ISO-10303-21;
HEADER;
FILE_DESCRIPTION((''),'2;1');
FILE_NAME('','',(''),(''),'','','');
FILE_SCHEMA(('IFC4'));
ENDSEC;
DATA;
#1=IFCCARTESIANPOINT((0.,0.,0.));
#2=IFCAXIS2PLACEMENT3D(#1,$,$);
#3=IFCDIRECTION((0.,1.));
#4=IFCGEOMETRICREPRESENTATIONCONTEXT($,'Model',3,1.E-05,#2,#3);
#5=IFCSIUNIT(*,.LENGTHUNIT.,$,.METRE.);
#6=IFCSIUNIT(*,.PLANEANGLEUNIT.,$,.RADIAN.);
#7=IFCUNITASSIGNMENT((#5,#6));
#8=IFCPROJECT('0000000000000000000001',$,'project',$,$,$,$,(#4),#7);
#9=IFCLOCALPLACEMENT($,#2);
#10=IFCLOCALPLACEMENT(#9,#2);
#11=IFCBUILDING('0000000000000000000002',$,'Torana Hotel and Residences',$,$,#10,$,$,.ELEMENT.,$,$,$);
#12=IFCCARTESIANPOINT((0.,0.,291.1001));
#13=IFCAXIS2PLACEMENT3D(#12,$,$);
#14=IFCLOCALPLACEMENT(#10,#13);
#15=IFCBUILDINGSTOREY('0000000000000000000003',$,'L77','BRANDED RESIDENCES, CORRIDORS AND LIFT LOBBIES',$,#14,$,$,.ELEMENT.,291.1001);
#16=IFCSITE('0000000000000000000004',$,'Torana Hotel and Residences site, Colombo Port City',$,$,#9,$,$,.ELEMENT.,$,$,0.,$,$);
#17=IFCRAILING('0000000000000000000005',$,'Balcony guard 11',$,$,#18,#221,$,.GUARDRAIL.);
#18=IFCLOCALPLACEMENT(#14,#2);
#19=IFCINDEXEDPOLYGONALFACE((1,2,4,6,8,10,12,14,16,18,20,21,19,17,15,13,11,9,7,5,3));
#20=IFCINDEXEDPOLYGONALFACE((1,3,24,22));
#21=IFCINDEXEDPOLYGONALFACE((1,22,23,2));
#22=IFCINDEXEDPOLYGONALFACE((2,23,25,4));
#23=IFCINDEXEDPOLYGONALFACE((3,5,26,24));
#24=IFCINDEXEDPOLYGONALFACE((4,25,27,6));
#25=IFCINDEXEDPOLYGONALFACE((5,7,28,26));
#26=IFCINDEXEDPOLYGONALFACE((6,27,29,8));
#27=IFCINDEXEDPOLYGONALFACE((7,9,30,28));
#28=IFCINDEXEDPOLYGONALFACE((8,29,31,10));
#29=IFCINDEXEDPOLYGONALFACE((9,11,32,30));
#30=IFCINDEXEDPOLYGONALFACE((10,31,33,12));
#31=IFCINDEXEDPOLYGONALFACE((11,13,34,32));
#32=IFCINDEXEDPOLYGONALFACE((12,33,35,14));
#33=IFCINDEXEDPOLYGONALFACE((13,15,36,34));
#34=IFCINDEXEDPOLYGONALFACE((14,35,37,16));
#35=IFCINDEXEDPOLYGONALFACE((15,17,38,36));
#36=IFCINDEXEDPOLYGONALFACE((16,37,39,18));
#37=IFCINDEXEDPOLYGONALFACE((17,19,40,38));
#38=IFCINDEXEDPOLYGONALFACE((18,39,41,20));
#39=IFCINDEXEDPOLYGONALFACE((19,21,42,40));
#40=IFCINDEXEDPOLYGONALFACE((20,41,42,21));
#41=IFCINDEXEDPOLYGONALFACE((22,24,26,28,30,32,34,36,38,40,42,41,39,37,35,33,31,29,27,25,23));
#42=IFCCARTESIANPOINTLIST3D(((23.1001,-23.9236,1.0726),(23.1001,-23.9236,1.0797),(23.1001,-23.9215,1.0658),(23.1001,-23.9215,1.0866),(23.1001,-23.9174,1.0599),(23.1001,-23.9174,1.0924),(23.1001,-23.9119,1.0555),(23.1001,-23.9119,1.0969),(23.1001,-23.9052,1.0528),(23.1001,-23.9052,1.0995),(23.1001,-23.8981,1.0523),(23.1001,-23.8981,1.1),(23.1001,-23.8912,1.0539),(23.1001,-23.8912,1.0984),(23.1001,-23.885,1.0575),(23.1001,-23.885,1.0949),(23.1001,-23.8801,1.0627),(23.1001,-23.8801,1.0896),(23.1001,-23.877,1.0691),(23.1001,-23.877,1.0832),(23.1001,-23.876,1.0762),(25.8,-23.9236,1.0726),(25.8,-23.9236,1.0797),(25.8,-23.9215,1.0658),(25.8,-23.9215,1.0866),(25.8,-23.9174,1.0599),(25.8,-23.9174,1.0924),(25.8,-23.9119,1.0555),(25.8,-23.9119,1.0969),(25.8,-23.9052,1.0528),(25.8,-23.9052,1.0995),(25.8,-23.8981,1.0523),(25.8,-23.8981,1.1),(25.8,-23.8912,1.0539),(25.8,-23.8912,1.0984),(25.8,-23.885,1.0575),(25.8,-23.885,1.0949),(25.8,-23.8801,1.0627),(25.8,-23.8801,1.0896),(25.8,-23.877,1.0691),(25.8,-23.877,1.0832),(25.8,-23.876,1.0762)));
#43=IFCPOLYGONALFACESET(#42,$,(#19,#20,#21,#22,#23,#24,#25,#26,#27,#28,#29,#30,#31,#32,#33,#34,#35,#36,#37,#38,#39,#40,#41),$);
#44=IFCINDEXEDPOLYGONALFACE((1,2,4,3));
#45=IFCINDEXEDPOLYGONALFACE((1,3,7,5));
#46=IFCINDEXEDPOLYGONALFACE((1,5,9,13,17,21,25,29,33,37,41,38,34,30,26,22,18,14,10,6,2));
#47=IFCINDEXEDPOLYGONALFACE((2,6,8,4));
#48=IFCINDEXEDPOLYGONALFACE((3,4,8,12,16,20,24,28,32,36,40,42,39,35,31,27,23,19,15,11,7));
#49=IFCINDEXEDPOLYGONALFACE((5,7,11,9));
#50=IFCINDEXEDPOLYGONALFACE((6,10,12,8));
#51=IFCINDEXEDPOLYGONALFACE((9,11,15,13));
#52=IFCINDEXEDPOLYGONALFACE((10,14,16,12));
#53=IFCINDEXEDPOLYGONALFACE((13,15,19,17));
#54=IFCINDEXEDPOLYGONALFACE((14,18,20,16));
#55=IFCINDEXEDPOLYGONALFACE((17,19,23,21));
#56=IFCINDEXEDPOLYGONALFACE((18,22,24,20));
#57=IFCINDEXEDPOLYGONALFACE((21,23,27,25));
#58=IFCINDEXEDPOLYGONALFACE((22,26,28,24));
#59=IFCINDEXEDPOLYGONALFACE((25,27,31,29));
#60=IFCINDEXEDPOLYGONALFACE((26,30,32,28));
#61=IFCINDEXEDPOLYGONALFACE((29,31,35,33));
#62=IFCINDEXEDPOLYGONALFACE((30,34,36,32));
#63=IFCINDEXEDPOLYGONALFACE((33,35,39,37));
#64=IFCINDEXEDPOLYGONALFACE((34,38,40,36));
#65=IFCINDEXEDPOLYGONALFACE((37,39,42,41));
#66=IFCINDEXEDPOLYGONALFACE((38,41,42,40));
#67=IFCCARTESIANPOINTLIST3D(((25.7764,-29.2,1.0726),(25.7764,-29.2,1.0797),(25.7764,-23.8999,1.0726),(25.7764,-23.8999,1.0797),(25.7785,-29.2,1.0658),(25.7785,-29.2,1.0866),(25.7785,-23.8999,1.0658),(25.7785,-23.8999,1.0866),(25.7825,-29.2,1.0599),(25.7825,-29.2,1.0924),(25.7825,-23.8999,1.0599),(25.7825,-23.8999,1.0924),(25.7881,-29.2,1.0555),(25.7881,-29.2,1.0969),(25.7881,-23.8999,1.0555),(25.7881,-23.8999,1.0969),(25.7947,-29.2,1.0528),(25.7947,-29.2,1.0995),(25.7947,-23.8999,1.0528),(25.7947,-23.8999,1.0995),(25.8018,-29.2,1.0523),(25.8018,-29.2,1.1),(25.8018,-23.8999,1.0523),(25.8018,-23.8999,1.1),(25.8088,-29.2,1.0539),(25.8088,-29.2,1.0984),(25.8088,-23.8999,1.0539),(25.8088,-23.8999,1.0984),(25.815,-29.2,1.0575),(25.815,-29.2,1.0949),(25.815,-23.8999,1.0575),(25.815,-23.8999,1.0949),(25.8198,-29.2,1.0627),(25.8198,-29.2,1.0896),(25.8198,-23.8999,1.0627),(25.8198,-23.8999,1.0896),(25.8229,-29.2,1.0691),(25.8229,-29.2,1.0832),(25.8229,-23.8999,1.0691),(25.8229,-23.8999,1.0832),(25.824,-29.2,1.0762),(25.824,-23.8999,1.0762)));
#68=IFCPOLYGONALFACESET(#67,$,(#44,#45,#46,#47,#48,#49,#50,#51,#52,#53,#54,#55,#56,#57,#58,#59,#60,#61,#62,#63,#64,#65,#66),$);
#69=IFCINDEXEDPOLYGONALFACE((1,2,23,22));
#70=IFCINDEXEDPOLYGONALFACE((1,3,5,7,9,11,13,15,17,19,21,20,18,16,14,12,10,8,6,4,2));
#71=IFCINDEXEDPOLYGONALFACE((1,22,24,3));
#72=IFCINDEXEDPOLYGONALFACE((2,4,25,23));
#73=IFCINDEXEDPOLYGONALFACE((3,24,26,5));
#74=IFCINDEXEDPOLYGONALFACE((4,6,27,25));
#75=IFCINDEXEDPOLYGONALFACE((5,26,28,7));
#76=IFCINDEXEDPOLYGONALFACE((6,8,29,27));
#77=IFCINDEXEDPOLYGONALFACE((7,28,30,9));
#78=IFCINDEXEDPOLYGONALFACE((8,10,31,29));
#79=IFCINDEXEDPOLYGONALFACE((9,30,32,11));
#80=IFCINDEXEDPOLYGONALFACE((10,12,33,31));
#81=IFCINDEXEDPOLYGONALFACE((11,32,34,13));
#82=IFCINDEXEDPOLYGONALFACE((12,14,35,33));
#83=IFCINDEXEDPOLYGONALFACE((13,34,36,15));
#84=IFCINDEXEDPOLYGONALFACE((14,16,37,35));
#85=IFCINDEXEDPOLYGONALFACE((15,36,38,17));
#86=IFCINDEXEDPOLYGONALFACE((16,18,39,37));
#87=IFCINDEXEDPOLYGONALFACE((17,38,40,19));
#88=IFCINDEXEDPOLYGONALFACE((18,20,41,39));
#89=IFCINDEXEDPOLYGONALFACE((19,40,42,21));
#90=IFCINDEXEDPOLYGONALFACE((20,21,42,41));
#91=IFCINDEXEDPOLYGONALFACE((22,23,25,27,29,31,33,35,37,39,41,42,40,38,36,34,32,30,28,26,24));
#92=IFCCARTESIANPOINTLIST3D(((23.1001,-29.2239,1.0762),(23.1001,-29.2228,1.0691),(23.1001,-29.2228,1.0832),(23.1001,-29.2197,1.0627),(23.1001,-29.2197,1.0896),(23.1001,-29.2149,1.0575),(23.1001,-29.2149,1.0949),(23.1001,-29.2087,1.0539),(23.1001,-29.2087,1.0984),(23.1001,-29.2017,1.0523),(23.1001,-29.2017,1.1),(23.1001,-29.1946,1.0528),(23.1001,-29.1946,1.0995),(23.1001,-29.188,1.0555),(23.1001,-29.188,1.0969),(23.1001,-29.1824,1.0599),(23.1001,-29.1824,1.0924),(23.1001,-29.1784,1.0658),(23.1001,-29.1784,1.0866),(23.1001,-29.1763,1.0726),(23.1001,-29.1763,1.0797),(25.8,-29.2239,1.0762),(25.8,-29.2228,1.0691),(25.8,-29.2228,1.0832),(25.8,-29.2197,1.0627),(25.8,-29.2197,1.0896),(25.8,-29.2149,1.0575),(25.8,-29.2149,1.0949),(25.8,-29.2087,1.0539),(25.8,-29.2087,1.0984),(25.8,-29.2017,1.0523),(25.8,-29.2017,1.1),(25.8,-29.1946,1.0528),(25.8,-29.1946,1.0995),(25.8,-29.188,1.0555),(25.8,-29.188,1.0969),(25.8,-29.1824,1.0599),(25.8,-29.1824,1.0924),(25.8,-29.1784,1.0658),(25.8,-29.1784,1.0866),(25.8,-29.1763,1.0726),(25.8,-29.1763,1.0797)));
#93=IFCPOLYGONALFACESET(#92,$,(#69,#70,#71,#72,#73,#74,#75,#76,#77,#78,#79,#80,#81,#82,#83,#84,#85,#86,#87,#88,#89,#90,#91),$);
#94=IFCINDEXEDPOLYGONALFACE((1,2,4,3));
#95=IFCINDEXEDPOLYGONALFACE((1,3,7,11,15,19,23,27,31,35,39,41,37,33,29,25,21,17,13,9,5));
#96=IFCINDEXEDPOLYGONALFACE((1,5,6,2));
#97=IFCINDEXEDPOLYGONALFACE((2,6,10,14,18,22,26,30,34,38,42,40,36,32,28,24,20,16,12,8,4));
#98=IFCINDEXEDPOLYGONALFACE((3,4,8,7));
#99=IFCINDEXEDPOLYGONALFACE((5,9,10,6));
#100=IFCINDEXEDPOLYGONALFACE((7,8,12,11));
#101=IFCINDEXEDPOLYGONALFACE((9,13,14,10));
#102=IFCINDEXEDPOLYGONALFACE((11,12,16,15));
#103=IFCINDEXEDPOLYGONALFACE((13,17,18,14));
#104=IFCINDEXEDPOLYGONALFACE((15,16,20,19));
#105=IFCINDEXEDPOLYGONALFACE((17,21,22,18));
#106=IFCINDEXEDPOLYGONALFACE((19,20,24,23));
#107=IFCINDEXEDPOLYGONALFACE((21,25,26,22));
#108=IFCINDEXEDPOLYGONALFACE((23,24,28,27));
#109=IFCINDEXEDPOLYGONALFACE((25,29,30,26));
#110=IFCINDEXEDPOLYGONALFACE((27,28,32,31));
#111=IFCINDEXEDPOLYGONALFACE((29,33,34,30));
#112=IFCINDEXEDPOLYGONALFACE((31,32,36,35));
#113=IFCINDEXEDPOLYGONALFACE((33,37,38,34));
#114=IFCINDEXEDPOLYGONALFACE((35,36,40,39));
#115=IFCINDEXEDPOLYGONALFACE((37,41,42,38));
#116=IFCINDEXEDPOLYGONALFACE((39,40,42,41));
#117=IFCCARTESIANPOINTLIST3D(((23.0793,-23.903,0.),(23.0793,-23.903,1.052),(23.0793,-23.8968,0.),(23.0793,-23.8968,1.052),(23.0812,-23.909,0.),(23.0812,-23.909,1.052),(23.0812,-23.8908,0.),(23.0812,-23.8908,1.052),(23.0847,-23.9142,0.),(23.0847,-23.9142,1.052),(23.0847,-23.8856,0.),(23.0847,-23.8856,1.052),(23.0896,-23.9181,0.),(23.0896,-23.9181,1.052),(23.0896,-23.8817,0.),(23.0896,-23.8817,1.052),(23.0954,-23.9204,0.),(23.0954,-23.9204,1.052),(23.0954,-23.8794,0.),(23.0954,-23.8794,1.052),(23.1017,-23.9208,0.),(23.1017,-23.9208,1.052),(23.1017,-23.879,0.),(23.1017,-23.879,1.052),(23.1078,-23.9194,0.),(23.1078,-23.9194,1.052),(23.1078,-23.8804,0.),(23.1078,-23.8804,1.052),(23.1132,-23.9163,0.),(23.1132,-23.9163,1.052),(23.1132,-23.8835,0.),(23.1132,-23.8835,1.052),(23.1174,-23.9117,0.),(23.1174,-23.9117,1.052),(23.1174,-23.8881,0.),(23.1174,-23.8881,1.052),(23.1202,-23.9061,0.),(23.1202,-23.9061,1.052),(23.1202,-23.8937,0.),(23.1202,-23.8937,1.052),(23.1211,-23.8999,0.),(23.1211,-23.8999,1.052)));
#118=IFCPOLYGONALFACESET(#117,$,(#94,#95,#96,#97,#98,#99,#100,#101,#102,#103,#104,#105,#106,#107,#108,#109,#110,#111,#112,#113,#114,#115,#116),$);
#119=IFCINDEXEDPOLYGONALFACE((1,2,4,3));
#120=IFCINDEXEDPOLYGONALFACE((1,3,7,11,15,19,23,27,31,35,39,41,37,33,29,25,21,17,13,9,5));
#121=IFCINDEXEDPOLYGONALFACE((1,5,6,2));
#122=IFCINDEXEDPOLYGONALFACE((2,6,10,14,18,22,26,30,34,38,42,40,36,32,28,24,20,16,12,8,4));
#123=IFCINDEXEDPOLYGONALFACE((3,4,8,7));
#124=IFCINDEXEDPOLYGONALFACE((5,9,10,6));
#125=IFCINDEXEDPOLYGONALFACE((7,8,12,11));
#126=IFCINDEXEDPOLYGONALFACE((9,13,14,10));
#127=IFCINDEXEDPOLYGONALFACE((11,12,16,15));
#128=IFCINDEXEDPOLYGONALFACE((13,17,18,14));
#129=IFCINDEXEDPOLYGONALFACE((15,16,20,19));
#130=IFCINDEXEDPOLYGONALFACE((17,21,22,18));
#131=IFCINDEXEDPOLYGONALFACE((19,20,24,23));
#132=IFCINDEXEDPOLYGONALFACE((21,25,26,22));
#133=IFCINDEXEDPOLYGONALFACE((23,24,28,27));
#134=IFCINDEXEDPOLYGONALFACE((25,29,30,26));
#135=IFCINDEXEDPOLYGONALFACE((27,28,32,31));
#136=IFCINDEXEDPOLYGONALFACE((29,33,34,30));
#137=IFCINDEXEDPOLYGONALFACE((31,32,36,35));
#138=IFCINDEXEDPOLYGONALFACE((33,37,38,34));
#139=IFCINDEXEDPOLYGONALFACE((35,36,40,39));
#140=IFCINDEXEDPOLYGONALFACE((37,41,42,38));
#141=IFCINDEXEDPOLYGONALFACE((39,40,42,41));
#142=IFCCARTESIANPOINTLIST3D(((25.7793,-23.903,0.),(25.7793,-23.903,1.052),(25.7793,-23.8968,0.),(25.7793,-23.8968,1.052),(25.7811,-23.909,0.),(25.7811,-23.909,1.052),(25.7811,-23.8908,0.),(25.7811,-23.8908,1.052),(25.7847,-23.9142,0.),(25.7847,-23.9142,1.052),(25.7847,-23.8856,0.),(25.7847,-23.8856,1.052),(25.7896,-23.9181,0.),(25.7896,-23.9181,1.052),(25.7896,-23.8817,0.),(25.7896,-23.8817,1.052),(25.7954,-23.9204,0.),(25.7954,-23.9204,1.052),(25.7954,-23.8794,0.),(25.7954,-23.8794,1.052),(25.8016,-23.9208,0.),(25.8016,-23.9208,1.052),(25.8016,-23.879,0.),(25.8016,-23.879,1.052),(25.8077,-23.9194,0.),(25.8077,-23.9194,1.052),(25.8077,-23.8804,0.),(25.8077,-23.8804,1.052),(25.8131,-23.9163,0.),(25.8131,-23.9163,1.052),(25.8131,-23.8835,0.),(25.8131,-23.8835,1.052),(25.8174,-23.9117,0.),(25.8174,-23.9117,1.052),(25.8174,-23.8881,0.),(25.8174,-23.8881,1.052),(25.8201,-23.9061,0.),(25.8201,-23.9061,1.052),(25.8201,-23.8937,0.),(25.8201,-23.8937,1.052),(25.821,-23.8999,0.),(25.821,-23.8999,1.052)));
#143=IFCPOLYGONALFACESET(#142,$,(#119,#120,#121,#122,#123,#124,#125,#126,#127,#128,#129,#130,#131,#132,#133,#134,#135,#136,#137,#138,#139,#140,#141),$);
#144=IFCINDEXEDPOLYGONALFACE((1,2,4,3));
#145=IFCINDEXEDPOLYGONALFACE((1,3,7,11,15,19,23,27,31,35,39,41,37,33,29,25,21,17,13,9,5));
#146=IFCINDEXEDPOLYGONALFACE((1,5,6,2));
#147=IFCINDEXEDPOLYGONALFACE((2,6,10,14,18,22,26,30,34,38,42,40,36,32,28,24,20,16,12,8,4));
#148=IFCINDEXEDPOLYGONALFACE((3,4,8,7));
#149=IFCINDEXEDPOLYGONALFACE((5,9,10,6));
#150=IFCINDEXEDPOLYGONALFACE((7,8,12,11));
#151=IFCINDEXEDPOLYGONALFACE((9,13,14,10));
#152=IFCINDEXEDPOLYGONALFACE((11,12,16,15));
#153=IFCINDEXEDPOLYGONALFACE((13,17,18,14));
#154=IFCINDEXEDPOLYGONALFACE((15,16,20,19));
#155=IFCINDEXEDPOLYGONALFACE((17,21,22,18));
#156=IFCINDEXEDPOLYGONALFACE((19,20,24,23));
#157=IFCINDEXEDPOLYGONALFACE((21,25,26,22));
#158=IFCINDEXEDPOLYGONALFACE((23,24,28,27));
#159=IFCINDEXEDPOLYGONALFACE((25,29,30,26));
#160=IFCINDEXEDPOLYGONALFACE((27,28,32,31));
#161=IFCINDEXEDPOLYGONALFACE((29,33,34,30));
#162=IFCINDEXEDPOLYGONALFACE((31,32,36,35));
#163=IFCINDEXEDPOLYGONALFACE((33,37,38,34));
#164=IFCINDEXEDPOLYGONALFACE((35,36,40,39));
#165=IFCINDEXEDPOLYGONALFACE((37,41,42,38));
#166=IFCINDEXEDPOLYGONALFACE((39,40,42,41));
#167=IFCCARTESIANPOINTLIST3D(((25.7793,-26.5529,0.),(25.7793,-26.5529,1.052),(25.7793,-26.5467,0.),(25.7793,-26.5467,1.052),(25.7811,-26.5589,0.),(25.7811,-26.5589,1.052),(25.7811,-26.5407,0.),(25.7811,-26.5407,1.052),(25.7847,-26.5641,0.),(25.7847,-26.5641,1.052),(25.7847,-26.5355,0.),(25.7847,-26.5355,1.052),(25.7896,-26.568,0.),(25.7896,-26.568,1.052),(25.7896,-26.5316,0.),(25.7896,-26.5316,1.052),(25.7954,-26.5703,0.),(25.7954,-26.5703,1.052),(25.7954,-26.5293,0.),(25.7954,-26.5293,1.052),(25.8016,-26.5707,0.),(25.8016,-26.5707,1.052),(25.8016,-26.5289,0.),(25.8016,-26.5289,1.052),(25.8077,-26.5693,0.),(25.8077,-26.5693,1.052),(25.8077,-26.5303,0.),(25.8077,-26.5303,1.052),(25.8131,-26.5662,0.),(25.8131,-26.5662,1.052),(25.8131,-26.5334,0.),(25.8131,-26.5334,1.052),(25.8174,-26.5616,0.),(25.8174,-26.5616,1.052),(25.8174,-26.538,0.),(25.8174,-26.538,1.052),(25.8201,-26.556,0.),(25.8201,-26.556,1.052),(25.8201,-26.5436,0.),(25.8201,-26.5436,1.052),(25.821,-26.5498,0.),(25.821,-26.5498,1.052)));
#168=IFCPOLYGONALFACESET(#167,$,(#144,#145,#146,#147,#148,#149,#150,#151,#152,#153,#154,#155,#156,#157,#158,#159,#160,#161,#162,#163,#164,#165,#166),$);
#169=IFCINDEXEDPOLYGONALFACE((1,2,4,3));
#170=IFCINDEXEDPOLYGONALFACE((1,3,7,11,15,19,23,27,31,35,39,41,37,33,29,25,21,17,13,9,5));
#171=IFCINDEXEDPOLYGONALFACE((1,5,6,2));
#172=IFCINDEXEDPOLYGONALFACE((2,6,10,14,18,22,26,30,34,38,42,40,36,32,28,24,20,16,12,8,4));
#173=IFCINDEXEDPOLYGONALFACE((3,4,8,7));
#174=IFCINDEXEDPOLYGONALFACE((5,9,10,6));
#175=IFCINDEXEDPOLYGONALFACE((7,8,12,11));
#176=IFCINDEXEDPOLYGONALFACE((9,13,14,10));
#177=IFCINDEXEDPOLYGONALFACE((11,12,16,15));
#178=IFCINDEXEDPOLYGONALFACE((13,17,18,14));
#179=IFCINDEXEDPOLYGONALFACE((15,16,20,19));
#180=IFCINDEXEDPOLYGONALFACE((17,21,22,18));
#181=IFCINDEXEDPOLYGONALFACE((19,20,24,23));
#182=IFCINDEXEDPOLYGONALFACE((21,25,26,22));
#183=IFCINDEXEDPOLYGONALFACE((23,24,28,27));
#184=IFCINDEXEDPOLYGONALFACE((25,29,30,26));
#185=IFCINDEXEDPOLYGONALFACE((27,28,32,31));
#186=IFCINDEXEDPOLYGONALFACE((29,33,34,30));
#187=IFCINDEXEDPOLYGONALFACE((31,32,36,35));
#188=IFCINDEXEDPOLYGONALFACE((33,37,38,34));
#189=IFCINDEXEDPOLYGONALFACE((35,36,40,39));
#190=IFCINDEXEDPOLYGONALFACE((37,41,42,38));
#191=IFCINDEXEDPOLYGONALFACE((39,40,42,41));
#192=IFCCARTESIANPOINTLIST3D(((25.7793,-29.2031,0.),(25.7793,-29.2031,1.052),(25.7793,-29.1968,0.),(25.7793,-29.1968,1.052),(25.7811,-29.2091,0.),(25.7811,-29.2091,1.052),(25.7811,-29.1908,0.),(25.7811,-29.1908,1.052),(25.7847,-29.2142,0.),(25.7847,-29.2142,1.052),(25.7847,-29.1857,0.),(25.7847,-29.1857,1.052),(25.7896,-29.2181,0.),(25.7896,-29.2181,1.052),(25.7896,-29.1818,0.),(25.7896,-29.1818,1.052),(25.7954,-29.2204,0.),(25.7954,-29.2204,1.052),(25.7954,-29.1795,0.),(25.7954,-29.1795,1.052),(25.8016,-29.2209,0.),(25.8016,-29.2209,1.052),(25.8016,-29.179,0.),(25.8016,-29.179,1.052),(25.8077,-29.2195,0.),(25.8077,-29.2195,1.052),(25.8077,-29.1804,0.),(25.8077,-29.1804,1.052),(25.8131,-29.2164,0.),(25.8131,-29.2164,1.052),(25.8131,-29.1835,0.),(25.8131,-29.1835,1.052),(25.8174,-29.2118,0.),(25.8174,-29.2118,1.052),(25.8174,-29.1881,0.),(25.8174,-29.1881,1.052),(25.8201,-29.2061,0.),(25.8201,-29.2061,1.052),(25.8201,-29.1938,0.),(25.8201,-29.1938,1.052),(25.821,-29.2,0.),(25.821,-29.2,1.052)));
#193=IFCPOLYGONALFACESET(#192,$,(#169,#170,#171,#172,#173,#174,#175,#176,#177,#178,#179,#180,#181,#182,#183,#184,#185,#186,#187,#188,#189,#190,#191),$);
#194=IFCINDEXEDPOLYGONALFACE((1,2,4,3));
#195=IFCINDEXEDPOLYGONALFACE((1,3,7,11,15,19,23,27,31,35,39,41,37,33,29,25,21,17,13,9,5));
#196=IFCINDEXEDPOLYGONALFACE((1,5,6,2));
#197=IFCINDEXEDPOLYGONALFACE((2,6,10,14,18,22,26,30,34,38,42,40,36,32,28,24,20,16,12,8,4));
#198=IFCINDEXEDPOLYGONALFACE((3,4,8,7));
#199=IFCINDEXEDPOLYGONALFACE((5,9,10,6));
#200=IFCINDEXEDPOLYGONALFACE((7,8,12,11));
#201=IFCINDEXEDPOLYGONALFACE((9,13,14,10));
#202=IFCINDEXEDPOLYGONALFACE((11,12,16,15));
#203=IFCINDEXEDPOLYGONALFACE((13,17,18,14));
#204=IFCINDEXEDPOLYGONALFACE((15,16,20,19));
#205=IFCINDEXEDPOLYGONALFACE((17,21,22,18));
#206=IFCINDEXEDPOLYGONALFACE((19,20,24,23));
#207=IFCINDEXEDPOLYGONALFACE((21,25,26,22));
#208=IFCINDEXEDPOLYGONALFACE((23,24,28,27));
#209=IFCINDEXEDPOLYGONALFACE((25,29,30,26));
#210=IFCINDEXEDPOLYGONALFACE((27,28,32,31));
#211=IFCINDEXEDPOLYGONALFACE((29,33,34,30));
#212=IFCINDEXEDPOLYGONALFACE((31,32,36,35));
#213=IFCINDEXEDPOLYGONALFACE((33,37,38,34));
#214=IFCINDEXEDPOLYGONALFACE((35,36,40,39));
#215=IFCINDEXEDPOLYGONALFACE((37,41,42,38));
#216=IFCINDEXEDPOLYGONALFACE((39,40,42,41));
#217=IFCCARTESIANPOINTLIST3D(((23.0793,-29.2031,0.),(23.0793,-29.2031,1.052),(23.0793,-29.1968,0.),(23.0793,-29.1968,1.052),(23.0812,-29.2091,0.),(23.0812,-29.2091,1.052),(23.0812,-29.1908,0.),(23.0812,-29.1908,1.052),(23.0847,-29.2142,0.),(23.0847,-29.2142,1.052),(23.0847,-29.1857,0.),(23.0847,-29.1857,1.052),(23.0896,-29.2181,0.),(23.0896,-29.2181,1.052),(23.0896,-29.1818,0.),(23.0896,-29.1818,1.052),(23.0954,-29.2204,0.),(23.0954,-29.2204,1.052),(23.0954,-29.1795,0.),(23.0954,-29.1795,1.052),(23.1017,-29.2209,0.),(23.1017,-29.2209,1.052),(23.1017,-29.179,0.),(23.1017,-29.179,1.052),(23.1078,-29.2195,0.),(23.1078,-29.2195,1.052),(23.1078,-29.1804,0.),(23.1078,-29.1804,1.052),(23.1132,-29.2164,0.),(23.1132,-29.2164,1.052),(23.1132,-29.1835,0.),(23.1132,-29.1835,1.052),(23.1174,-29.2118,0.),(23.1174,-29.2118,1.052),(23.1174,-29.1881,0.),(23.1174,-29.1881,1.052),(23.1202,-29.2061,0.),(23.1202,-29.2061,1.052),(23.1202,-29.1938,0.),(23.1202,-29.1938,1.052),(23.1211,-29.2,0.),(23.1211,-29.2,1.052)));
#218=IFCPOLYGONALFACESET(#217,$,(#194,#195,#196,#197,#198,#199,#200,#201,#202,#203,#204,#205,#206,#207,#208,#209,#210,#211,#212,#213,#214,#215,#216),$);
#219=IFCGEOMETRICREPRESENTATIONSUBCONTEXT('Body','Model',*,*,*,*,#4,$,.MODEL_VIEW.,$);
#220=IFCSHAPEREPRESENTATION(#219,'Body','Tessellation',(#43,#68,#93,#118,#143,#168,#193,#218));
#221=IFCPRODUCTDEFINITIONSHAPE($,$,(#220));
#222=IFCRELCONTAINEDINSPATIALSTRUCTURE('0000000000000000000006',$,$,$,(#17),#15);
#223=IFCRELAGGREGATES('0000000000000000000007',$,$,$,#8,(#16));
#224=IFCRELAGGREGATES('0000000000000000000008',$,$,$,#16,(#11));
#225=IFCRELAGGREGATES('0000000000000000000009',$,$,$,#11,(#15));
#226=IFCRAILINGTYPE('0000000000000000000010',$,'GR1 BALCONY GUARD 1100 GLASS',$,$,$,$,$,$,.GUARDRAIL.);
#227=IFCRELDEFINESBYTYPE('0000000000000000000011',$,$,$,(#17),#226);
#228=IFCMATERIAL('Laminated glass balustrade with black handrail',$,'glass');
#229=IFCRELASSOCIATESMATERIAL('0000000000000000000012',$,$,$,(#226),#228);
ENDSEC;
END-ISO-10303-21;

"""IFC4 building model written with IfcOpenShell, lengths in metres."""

from ifc_helpers import new_model, si_unit, direction, frame, origin, origin_2d, place, context, subcontext, project, spatial, circle, extrude, material, type_object, element, save


model = new_model("IFC4")

# Units and contexts
model_context = context("Model", 3, precision=1e-05, world=origin(), true_north=direction((0.0, 1.0)))
body_context = subcontext(model_context, "Body", "Model", "MODEL_VIEW")
ifc_project = project(units=[si_unit("LENGTHUNIT", "METRE"), si_unit("PLANEANGLEUNIT", "RADIAN")], contexts=[model_context])

# Site, building, storey
site_placement = place(None, origin())
site = spatial("IfcSite", under=ifc_project, at=site_placement, Name="Torana Hotel and Residences site, Colombo Port City", CompositionType="ELEMENT", RefElevation=0.0)
building_placement = place(site_placement, origin())
building = spatial("IfcBuilding", under=site, at=building_placement, Name="Torana Hotel and Residences", CompositionType="ELEMENT")
storey_placement = place(building_placement, frame((0.0, 0.0, 291.1001)))
storey = spatial("IfcBuildingStorey", under=building, at=storey_placement, Name="L77", Description="BRANDED RESIDENCES, CORRIDORS AND LIFT LOBBIES", CompositionType="ELEMENT", Elevation=291.1001)

# Railing
ifc_material_1 = material(Name="Laminated glass balustrade with black handrail", Category="glass")
railing_type = type_object("IfcRailingType", Name="GR1 BALCONY GUARD 1100 GLASS", PredefinedType="GUARDRAIL", material=ifc_material_1)
railing_1_placement = place(storey_placement, frame((23.1001, -23.8999, 0.0)))
element("IfcRailing", 1, at=railing_1_placement, inside=storey, type_object=railing_type, Name="Balcony guard 11", PredefinedType="GUARDRAIL", context=body_context, shape_type="SweptSolid", body=[
    extrude(circle(Radius=0.0239, at=origin_2d()), frame((0.0, 0.0, 1.0762), z_axis=(1.0, 0.0, 0.0), x_axis=(0.0, 1.0, 0.0)), (0.0, 0.0, 1.0), 2.7),
    extrude(circle(Radius=0.0239, at=origin_2d()), frame((2.7, 0.0, 1.0762), z_axis=(0.0, -1.0, 0.0), x_axis=(1.0, 0.0, 0.0)), (0.0, 0.0, 1.0), 5.3),
    extrude(circle(Radius=0.0239, at=origin_2d()), frame((2.7, -5.3, 1.0762), z_axis=(-1.0, 0.0, 0.0), x_axis=(0.0, -1.0, 0.0)), (0.0, 0.0, 1.0), 2.7),
    extrude(circle(Radius=0.021, at=origin_2d()), origin(), (0.0, 0.0, 1.0), 1.052),
    extrude(circle(Radius=0.021, at=origin_2d()), frame((2.7, 0.0, 0.0)), (0.0, 0.0, 1.0), 1.052),
    extrude(circle(Radius=0.021, at=origin_2d()), frame((2.7, -2.6499, 0.0)), (0.0, 0.0, 1.0), 1.052),
    extrude(circle(Radius=0.021, at=origin_2d()), frame((2.7, -5.3, 0.0)), (0.0, 0.0, 1.0), 1.052),
    extrude(circle(Radius=0.021, at=origin_2d()), frame((0.0, -5.3, 0.0)), (0.0, 0.0, 1.0), 1.052),
])

save(model, "model.ifc")
